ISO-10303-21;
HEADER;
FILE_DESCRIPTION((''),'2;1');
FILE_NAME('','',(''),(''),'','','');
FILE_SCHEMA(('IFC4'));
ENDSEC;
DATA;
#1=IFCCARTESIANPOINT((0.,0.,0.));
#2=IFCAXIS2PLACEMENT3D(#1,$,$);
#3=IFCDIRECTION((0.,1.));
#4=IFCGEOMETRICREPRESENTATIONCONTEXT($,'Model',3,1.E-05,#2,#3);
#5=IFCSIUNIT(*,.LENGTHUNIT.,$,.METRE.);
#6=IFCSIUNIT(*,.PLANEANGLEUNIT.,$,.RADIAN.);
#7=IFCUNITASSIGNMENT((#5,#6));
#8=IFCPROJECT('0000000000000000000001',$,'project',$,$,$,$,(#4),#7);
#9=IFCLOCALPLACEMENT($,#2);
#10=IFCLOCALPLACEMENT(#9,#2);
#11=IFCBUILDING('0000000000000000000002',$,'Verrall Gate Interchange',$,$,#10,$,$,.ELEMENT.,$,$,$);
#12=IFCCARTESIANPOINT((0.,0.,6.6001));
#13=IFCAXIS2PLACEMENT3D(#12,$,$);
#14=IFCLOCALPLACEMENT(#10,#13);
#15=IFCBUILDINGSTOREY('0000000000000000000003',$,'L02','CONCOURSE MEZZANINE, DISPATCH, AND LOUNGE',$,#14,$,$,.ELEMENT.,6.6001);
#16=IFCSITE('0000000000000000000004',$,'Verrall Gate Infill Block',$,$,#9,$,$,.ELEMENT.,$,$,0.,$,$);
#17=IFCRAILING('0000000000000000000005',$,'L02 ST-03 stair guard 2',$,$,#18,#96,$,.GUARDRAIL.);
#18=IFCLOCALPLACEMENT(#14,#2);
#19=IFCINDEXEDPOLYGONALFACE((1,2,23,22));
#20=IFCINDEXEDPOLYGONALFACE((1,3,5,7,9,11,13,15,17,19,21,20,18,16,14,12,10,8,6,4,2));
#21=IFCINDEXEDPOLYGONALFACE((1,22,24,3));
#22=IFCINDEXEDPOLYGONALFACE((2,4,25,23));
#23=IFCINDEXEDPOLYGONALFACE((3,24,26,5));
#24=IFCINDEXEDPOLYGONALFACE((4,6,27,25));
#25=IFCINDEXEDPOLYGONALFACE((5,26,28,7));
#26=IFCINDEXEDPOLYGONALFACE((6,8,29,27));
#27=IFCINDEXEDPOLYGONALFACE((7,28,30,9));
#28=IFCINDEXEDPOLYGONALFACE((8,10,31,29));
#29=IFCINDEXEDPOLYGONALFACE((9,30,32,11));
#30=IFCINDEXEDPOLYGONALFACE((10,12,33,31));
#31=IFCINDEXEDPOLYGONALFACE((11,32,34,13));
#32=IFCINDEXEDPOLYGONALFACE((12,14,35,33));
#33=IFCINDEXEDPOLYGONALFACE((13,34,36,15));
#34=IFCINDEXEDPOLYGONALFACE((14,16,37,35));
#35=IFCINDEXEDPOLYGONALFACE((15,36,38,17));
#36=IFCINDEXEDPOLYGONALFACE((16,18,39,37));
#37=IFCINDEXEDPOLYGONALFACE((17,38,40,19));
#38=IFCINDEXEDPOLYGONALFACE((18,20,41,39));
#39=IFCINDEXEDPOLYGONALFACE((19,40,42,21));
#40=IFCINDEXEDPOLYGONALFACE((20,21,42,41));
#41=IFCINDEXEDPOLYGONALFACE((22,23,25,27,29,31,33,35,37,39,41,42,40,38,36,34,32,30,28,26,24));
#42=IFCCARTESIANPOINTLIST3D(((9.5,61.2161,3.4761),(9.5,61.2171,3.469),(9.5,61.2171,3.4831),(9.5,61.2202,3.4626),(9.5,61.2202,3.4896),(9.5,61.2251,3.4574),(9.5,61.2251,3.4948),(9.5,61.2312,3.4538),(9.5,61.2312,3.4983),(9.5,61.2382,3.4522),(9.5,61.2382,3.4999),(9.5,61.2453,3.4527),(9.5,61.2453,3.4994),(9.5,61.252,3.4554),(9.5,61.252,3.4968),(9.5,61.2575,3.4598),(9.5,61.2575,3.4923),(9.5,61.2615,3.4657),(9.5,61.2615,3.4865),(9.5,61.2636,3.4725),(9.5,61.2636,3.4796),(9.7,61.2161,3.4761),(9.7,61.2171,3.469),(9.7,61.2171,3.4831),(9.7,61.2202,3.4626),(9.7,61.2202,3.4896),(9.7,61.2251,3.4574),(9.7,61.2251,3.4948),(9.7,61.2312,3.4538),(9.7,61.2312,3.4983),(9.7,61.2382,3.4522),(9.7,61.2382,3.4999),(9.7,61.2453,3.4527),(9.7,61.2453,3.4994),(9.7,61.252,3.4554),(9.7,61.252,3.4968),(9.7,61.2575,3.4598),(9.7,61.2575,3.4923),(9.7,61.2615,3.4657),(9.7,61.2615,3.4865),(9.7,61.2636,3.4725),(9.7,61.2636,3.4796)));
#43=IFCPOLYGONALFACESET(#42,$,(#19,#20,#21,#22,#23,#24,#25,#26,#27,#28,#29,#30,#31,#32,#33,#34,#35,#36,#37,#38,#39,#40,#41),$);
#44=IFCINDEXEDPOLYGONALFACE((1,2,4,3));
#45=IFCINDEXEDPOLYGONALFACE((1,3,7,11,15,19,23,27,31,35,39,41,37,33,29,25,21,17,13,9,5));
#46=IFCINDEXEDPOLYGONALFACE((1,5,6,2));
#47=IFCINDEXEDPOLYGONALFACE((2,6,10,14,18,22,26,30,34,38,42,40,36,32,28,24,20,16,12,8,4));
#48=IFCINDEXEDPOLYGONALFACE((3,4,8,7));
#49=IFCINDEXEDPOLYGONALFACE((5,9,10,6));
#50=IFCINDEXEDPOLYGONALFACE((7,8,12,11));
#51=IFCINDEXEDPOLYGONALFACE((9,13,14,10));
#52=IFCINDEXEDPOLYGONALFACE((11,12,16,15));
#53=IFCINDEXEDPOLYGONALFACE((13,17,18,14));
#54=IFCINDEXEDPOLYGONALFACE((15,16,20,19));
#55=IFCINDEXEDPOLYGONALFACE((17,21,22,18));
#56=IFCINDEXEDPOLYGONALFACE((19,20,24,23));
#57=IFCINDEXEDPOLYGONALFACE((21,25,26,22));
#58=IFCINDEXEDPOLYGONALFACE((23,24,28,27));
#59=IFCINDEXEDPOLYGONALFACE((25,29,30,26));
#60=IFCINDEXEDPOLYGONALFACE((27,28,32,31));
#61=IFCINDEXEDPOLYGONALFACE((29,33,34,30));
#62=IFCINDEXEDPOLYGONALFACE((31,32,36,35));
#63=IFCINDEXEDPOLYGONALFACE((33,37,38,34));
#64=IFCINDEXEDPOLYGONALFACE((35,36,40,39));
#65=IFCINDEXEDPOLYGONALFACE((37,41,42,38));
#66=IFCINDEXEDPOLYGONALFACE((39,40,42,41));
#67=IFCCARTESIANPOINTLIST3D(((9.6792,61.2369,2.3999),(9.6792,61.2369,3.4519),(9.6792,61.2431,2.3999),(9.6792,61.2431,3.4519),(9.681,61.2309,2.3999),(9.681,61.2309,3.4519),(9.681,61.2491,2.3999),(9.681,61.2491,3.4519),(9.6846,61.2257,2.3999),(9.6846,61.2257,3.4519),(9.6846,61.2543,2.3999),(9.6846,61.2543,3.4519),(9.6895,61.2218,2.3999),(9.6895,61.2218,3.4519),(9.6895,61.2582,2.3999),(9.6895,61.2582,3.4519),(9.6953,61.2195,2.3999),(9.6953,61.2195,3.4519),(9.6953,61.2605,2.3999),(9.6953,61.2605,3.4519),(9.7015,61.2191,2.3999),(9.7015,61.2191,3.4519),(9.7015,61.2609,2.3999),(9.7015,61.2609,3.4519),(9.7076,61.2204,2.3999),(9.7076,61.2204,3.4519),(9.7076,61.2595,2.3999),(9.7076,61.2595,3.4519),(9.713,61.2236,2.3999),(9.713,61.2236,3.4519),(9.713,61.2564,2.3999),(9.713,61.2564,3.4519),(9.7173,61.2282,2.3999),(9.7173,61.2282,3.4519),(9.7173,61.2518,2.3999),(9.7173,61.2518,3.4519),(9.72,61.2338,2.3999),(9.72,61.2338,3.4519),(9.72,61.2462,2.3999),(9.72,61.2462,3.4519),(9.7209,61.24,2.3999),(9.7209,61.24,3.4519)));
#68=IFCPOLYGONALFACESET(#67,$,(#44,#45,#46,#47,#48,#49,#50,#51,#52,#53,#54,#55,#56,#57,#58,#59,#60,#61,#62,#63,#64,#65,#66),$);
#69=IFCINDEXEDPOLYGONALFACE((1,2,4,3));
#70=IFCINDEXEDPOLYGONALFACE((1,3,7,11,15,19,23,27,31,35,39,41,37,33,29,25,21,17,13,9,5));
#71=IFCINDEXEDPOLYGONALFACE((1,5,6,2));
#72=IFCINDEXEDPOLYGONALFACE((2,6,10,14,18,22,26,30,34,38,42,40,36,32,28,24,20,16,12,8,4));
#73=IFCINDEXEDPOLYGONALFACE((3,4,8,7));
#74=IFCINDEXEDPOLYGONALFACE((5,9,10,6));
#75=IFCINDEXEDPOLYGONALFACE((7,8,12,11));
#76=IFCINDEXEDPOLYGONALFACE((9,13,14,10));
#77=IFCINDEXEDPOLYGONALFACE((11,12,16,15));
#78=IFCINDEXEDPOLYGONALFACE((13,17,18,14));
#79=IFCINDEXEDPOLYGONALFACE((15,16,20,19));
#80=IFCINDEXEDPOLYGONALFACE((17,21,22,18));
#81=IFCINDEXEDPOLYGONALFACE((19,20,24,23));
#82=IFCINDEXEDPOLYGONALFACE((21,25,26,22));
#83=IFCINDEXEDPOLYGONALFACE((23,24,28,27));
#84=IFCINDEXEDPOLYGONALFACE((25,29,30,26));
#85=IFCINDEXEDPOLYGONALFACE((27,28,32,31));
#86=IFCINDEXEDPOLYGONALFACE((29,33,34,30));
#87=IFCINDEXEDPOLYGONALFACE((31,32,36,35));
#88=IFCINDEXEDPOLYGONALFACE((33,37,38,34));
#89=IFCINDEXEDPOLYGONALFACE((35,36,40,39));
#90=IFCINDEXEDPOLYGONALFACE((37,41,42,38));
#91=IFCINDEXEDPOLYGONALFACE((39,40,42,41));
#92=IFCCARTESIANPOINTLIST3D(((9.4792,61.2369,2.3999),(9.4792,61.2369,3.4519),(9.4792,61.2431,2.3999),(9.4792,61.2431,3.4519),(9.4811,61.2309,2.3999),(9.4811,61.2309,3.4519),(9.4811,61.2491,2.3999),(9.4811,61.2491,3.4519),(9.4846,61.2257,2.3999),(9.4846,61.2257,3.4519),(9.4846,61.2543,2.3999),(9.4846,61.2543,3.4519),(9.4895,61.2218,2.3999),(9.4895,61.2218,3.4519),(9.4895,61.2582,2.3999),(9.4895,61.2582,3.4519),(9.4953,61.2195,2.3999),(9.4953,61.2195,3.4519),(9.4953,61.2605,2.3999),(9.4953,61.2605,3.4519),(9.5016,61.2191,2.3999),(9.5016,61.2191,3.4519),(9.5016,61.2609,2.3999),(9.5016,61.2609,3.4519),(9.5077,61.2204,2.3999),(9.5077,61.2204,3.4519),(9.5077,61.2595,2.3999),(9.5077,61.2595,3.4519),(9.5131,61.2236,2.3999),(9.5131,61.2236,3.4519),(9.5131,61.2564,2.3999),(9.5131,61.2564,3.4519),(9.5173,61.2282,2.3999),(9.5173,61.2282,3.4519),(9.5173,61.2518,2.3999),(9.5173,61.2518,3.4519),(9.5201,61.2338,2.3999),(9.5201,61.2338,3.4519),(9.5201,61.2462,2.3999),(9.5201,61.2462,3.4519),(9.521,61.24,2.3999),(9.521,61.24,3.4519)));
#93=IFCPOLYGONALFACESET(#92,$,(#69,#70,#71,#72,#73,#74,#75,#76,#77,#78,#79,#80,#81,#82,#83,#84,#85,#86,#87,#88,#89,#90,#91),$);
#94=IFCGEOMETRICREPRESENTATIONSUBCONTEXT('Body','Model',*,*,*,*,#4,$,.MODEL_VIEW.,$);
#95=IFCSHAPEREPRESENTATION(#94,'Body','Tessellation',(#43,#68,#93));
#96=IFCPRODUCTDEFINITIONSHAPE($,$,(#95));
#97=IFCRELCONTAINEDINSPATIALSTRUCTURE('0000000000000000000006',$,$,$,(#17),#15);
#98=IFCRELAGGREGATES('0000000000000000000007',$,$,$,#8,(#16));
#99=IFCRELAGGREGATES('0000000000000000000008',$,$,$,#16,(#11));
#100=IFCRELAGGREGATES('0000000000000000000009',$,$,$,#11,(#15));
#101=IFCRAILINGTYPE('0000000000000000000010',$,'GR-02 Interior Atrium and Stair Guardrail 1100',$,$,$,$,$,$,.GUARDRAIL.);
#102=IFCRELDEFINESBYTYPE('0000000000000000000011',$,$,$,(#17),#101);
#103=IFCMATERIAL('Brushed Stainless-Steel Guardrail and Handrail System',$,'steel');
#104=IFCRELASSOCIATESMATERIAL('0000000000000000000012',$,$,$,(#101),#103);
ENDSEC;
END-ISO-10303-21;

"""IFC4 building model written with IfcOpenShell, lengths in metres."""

from ifc_helpers import new_model, si_unit, direction, frame, origin, origin_2d, place, context, subcontext, project, spatial, circle, extrude, material, type_object, element, save


model = new_model("IFC4")

# Units and contexts
model_context = context("Model", 3, precision=1e-05, world=origin(), true_north=direction((0.0, 1.0)))
body_context = subcontext(model_context, "Body", "Model", "MODEL_VIEW")
ifc_project = project(units=[si_unit("LENGTHUNIT", "METRE"), si_unit("PLANEANGLEUNIT", "RADIAN")], contexts=[model_context])

# Site, building, storey
site_placement = place(None, origin())
site = spatial("IfcSite", under=ifc_project, at=site_placement, Name="Verrall Gate Infill Block", CompositionType="ELEMENT", RefElevation=0.0)
building_placement = place(site_placement, origin())
building = spatial("IfcBuilding", under=site, at=building_placement, Name="Verrall Gate Interchange", CompositionType="ELEMENT")
storey_placement = place(building_placement, frame((0.0, 0.0, 6.6001)))
storey = spatial("IfcBuildingStorey", under=building, at=storey_placement, Name="L02", Description="CONCOURSE MEZZANINE, DISPATCH, AND LOUNGE", CompositionType="ELEMENT", Elevation=6.6001)

# Railing
ifc_material_1 = material(Name="Brushed Stainless-Steel Guardrail and Handrail System", Category="steel")
railing_type_1 = type_object("IfcRailingType", Name="GR-02 Interior Atrium and Stair Guardrail 1100", PredefinedType="GUARDRAIL", material=ifc_material_1)
railing_1_placement = place(storey_placement, frame((9.7, 61.24, 2.3999)))
element("IfcRailing", 1, at=railing_1_placement, inside=storey, type_object=railing_type_1, Name="L02 ST-03 stair guard 2", PredefinedType="GUARDRAIL", context=body_context, shape_type="SweptSolid", body=[
    extrude(circle(Radius=0.0239, at=origin_2d()), frame((0.0, 0.0, 1.0762), z_axis=(-1.0, 0.0, 0.0), x_axis=(0.0, -1.0, 0.0)), (0.0, 0.0, 1.0), 0.2),
    extrude(circle(Radius=0.021, at=origin_2d()), origin(), (0.0, 0.0, 1.0), 1.052),
    extrude(circle(Radius=0.021, at=origin_2d()), frame((-0.2, 0.0, 0.0)), (0.0, 0.0, 1.0), 1.052),
])

save(model, "model.ifc")
